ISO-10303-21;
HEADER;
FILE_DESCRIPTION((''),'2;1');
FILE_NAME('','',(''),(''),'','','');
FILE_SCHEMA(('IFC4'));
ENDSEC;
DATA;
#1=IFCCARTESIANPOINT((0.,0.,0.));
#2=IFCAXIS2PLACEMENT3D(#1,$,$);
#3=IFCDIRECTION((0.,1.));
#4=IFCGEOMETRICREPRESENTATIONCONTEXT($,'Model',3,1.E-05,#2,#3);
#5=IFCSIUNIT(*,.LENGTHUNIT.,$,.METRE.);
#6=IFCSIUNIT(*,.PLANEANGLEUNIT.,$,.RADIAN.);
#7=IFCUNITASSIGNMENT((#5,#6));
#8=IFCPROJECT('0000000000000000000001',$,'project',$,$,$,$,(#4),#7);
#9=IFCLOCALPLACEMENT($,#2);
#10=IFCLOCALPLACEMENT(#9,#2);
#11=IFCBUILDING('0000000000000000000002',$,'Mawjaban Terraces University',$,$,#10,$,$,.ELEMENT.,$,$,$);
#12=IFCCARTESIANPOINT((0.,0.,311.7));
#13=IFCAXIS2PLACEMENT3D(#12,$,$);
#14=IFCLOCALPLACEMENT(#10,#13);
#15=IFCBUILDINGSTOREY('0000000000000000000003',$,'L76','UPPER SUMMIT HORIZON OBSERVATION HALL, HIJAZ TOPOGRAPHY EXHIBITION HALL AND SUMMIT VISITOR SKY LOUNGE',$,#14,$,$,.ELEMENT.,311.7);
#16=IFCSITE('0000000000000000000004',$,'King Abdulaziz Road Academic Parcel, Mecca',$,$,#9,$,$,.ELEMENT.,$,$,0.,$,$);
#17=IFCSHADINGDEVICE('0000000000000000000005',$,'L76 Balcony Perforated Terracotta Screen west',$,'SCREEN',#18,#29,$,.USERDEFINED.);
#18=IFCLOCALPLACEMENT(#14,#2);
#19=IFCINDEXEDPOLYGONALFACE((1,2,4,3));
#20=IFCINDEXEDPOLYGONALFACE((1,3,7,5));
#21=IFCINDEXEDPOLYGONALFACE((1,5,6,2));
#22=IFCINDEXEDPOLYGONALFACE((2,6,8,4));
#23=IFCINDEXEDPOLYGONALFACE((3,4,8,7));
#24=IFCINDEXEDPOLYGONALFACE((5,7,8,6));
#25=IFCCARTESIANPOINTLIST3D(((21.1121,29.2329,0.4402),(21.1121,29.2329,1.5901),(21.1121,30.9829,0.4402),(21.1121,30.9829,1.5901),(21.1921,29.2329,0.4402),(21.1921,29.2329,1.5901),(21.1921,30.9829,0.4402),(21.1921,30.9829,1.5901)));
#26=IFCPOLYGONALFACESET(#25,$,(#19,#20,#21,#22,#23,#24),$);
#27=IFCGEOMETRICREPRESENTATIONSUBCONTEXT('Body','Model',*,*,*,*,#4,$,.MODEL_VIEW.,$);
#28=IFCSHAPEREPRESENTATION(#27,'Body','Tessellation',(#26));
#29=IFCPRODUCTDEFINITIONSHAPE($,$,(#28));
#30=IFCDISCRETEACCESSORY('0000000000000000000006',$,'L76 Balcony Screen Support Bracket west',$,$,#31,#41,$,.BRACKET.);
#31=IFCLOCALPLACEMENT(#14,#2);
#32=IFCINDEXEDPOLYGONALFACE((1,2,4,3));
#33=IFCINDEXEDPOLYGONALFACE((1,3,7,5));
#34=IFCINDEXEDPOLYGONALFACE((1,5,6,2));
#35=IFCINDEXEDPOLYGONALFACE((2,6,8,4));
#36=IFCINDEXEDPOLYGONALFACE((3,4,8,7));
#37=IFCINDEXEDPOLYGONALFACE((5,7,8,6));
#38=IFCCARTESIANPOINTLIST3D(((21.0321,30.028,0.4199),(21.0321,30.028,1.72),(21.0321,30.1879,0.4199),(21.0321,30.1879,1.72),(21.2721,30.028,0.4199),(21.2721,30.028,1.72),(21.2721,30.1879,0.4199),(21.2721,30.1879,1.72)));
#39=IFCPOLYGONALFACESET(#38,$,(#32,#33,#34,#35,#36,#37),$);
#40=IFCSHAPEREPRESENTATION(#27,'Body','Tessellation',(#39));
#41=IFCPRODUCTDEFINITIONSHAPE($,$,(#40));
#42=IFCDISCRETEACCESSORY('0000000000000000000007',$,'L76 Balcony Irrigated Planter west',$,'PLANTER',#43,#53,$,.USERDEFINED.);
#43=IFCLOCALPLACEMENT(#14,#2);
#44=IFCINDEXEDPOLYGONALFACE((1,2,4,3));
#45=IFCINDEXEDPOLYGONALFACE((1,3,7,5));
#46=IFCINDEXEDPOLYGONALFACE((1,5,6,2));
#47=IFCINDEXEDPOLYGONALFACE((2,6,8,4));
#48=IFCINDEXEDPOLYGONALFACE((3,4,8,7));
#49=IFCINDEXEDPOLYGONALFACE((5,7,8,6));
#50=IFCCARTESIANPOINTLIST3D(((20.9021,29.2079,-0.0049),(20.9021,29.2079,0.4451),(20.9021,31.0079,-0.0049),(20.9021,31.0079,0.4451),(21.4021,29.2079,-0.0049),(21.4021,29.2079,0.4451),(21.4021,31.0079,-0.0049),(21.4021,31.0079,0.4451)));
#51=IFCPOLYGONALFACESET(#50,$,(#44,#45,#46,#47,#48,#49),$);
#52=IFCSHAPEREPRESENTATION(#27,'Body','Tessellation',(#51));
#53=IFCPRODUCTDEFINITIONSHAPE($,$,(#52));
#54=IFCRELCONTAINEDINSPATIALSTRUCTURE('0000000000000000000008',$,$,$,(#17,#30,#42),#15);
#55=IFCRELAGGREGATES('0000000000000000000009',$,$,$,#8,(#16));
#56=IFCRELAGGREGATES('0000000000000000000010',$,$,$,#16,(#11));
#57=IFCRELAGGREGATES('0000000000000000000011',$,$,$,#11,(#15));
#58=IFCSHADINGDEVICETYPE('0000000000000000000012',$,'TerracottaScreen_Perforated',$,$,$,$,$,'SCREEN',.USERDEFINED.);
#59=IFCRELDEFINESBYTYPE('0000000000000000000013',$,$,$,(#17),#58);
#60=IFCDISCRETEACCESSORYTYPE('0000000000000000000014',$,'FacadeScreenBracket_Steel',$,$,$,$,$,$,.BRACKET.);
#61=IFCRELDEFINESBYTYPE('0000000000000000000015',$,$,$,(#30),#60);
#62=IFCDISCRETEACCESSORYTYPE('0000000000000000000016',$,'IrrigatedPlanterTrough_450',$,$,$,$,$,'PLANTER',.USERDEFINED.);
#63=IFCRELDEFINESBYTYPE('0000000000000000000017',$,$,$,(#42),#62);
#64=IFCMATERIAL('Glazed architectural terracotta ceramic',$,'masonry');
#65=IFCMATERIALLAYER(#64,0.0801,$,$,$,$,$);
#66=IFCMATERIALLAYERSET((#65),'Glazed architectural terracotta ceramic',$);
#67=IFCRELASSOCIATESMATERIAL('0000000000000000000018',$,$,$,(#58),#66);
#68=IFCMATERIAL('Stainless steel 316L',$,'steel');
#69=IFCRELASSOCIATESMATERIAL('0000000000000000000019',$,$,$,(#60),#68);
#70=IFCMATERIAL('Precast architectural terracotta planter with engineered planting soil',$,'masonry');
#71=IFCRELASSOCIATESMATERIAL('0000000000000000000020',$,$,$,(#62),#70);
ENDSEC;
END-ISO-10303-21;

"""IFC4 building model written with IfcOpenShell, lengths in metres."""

from ifc_helpers import new_model, si_unit, direction, frame, origin, origin_2d, place, context, subcontext, project, spatial, rectangle, extrude, material, layer, layer_set, type_object, element, save


model = new_model("IFC4")

# Units and contexts
model_context = context("Model", 3, precision=1e-05, world=origin(), true_north=direction((0.0, 1.0)))
body_context = subcontext(model_context, "Body", "Model", "MODEL_VIEW")
ifc_project = project(units=[si_unit("LENGTHUNIT", "METRE"), si_unit("PLANEANGLEUNIT", "RADIAN")], contexts=[model_context])

# Site, building, storey
site_placement = place(None, origin())
site = spatial("IfcSite", under=ifc_project, at=site_placement, Name="King Abdulaziz Road Academic Parcel, Mecca", CompositionType="ELEMENT", RefElevation=0.0)
building_placement = place(site_placement, origin())
building = spatial("IfcBuilding", under=site, at=building_placement, Name="Mawjaban Terraces University", CompositionType="ELEMENT")
storey_placement = place(building_placement, frame((0.0, 0.0, 311.7)))
storey = spatial("IfcBuildingStorey", under=building, at=storey_placement, Name="L76", Description="UPPER SUMMIT HORIZON OBSERVATION HALL, HIJAZ TOPOGRAPHY EXHIBITION HALL AND SUMMIT VISITOR SKY LOUNGE", CompositionType="ELEMENT", Elevation=311.7)

# Shading device
ifc_material_1 = material(Name="Glazed architectural terracotta ceramic", Category="masonry")
ifc_layer_1 = layer(ifc_material_1, 0.0801)
ifc_layer_set_1 = layer_set([ifc_layer_1], Name="Glazed architectural terracotta ceramic")
shading_device_type_1 = type_object("IfcShadingDeviceType", Name="TerracottaScreen_Perforated", ElementType="SCREEN", PredefinedType="USERDEFINED", material=ifc_layer_set_1)
shading_device_1_placement = place(storey_placement, frame((21.1521, 30.1079, 0.4402), z_axis=(0.0, 0.0, 1.0), x_axis=(0.0, 1.0, 0.0)))
element("IfcShadingDevice", 1, at=shading_device_1_placement, inside=storey, type_object=shading_device_type_1, Name="L76 Balcony Perforated Terracotta Screen west", ObjectType="SCREEN", PredefinedType="USERDEFINED", context=body_context, shape_type="SweptSolid", body=[
    extrude(rectangle(XDim=1.75, YDim=0.0801, at=origin_2d()), origin(), (0.0, 0.0, 1.0), 1.1499),
])

# Discrete accessories
ifc_material_2 = material(Name="Stainless steel 316L", Category="steel")
discrete_accessory_type_1 = type_object("IfcDiscreteAccessoryType", Name="FacadeScreenBracket_Steel", PredefinedType="BRACKET", material=ifc_material_2)
discrete_accessory_1_placement = place(storey_placement, frame((21.1521, 30.1079, 0.4199), z_axis=(0.0, 0.0, 1.0), x_axis=(0.0, 1.0, 0.0)))
element("IfcDiscreteAccessory", 2, at=discrete_accessory_1_placement, inside=storey, type_object=discrete_accessory_type_1, Name="L76 Balcony Screen Support Bracket west", PredefinedType="BRACKET", context=body_context, shape_type="SweptSolid", body=[
    extrude(rectangle(XDim=0.1599, YDim=0.24, at=origin_2d()), origin(), (0.0, 0.0, 1.0), 1.3),
])
ifc_material_3 = material(Name="Precast architectural terracotta planter with engineered planting soil", Category="masonry")
discrete_accessory_type_2 = type_object("IfcDiscreteAccessoryType", Name="IrrigatedPlanterTrough_450", ElementType="PLANTER", PredefinedType="USERDEFINED", material=ifc_material_3)
discrete_accessory_2_placement = place(storey_placement, frame((21.1521, 30.1079, -0.0049), z_axis=(0.0, 0.0, 1.0), x_axis=(0.0, 1.0, 0.0)))
element("IfcDiscreteAccessory", 3, at=discrete_accessory_2_placement, inside=storey, type_object=discrete_accessory_type_2, Name="L76 Balcony Irrigated Planter west", ObjectType="PLANTER", PredefinedType="USERDEFINED", context=body_context, shape_type="SweptSolid", body=[
    extrude(rectangle(XDim=1.8, YDim=0.5, at=origin_2d()), origin(), (0.0, 0.0, 1.0), 0.45),
])

save(model, "model.ifc")
